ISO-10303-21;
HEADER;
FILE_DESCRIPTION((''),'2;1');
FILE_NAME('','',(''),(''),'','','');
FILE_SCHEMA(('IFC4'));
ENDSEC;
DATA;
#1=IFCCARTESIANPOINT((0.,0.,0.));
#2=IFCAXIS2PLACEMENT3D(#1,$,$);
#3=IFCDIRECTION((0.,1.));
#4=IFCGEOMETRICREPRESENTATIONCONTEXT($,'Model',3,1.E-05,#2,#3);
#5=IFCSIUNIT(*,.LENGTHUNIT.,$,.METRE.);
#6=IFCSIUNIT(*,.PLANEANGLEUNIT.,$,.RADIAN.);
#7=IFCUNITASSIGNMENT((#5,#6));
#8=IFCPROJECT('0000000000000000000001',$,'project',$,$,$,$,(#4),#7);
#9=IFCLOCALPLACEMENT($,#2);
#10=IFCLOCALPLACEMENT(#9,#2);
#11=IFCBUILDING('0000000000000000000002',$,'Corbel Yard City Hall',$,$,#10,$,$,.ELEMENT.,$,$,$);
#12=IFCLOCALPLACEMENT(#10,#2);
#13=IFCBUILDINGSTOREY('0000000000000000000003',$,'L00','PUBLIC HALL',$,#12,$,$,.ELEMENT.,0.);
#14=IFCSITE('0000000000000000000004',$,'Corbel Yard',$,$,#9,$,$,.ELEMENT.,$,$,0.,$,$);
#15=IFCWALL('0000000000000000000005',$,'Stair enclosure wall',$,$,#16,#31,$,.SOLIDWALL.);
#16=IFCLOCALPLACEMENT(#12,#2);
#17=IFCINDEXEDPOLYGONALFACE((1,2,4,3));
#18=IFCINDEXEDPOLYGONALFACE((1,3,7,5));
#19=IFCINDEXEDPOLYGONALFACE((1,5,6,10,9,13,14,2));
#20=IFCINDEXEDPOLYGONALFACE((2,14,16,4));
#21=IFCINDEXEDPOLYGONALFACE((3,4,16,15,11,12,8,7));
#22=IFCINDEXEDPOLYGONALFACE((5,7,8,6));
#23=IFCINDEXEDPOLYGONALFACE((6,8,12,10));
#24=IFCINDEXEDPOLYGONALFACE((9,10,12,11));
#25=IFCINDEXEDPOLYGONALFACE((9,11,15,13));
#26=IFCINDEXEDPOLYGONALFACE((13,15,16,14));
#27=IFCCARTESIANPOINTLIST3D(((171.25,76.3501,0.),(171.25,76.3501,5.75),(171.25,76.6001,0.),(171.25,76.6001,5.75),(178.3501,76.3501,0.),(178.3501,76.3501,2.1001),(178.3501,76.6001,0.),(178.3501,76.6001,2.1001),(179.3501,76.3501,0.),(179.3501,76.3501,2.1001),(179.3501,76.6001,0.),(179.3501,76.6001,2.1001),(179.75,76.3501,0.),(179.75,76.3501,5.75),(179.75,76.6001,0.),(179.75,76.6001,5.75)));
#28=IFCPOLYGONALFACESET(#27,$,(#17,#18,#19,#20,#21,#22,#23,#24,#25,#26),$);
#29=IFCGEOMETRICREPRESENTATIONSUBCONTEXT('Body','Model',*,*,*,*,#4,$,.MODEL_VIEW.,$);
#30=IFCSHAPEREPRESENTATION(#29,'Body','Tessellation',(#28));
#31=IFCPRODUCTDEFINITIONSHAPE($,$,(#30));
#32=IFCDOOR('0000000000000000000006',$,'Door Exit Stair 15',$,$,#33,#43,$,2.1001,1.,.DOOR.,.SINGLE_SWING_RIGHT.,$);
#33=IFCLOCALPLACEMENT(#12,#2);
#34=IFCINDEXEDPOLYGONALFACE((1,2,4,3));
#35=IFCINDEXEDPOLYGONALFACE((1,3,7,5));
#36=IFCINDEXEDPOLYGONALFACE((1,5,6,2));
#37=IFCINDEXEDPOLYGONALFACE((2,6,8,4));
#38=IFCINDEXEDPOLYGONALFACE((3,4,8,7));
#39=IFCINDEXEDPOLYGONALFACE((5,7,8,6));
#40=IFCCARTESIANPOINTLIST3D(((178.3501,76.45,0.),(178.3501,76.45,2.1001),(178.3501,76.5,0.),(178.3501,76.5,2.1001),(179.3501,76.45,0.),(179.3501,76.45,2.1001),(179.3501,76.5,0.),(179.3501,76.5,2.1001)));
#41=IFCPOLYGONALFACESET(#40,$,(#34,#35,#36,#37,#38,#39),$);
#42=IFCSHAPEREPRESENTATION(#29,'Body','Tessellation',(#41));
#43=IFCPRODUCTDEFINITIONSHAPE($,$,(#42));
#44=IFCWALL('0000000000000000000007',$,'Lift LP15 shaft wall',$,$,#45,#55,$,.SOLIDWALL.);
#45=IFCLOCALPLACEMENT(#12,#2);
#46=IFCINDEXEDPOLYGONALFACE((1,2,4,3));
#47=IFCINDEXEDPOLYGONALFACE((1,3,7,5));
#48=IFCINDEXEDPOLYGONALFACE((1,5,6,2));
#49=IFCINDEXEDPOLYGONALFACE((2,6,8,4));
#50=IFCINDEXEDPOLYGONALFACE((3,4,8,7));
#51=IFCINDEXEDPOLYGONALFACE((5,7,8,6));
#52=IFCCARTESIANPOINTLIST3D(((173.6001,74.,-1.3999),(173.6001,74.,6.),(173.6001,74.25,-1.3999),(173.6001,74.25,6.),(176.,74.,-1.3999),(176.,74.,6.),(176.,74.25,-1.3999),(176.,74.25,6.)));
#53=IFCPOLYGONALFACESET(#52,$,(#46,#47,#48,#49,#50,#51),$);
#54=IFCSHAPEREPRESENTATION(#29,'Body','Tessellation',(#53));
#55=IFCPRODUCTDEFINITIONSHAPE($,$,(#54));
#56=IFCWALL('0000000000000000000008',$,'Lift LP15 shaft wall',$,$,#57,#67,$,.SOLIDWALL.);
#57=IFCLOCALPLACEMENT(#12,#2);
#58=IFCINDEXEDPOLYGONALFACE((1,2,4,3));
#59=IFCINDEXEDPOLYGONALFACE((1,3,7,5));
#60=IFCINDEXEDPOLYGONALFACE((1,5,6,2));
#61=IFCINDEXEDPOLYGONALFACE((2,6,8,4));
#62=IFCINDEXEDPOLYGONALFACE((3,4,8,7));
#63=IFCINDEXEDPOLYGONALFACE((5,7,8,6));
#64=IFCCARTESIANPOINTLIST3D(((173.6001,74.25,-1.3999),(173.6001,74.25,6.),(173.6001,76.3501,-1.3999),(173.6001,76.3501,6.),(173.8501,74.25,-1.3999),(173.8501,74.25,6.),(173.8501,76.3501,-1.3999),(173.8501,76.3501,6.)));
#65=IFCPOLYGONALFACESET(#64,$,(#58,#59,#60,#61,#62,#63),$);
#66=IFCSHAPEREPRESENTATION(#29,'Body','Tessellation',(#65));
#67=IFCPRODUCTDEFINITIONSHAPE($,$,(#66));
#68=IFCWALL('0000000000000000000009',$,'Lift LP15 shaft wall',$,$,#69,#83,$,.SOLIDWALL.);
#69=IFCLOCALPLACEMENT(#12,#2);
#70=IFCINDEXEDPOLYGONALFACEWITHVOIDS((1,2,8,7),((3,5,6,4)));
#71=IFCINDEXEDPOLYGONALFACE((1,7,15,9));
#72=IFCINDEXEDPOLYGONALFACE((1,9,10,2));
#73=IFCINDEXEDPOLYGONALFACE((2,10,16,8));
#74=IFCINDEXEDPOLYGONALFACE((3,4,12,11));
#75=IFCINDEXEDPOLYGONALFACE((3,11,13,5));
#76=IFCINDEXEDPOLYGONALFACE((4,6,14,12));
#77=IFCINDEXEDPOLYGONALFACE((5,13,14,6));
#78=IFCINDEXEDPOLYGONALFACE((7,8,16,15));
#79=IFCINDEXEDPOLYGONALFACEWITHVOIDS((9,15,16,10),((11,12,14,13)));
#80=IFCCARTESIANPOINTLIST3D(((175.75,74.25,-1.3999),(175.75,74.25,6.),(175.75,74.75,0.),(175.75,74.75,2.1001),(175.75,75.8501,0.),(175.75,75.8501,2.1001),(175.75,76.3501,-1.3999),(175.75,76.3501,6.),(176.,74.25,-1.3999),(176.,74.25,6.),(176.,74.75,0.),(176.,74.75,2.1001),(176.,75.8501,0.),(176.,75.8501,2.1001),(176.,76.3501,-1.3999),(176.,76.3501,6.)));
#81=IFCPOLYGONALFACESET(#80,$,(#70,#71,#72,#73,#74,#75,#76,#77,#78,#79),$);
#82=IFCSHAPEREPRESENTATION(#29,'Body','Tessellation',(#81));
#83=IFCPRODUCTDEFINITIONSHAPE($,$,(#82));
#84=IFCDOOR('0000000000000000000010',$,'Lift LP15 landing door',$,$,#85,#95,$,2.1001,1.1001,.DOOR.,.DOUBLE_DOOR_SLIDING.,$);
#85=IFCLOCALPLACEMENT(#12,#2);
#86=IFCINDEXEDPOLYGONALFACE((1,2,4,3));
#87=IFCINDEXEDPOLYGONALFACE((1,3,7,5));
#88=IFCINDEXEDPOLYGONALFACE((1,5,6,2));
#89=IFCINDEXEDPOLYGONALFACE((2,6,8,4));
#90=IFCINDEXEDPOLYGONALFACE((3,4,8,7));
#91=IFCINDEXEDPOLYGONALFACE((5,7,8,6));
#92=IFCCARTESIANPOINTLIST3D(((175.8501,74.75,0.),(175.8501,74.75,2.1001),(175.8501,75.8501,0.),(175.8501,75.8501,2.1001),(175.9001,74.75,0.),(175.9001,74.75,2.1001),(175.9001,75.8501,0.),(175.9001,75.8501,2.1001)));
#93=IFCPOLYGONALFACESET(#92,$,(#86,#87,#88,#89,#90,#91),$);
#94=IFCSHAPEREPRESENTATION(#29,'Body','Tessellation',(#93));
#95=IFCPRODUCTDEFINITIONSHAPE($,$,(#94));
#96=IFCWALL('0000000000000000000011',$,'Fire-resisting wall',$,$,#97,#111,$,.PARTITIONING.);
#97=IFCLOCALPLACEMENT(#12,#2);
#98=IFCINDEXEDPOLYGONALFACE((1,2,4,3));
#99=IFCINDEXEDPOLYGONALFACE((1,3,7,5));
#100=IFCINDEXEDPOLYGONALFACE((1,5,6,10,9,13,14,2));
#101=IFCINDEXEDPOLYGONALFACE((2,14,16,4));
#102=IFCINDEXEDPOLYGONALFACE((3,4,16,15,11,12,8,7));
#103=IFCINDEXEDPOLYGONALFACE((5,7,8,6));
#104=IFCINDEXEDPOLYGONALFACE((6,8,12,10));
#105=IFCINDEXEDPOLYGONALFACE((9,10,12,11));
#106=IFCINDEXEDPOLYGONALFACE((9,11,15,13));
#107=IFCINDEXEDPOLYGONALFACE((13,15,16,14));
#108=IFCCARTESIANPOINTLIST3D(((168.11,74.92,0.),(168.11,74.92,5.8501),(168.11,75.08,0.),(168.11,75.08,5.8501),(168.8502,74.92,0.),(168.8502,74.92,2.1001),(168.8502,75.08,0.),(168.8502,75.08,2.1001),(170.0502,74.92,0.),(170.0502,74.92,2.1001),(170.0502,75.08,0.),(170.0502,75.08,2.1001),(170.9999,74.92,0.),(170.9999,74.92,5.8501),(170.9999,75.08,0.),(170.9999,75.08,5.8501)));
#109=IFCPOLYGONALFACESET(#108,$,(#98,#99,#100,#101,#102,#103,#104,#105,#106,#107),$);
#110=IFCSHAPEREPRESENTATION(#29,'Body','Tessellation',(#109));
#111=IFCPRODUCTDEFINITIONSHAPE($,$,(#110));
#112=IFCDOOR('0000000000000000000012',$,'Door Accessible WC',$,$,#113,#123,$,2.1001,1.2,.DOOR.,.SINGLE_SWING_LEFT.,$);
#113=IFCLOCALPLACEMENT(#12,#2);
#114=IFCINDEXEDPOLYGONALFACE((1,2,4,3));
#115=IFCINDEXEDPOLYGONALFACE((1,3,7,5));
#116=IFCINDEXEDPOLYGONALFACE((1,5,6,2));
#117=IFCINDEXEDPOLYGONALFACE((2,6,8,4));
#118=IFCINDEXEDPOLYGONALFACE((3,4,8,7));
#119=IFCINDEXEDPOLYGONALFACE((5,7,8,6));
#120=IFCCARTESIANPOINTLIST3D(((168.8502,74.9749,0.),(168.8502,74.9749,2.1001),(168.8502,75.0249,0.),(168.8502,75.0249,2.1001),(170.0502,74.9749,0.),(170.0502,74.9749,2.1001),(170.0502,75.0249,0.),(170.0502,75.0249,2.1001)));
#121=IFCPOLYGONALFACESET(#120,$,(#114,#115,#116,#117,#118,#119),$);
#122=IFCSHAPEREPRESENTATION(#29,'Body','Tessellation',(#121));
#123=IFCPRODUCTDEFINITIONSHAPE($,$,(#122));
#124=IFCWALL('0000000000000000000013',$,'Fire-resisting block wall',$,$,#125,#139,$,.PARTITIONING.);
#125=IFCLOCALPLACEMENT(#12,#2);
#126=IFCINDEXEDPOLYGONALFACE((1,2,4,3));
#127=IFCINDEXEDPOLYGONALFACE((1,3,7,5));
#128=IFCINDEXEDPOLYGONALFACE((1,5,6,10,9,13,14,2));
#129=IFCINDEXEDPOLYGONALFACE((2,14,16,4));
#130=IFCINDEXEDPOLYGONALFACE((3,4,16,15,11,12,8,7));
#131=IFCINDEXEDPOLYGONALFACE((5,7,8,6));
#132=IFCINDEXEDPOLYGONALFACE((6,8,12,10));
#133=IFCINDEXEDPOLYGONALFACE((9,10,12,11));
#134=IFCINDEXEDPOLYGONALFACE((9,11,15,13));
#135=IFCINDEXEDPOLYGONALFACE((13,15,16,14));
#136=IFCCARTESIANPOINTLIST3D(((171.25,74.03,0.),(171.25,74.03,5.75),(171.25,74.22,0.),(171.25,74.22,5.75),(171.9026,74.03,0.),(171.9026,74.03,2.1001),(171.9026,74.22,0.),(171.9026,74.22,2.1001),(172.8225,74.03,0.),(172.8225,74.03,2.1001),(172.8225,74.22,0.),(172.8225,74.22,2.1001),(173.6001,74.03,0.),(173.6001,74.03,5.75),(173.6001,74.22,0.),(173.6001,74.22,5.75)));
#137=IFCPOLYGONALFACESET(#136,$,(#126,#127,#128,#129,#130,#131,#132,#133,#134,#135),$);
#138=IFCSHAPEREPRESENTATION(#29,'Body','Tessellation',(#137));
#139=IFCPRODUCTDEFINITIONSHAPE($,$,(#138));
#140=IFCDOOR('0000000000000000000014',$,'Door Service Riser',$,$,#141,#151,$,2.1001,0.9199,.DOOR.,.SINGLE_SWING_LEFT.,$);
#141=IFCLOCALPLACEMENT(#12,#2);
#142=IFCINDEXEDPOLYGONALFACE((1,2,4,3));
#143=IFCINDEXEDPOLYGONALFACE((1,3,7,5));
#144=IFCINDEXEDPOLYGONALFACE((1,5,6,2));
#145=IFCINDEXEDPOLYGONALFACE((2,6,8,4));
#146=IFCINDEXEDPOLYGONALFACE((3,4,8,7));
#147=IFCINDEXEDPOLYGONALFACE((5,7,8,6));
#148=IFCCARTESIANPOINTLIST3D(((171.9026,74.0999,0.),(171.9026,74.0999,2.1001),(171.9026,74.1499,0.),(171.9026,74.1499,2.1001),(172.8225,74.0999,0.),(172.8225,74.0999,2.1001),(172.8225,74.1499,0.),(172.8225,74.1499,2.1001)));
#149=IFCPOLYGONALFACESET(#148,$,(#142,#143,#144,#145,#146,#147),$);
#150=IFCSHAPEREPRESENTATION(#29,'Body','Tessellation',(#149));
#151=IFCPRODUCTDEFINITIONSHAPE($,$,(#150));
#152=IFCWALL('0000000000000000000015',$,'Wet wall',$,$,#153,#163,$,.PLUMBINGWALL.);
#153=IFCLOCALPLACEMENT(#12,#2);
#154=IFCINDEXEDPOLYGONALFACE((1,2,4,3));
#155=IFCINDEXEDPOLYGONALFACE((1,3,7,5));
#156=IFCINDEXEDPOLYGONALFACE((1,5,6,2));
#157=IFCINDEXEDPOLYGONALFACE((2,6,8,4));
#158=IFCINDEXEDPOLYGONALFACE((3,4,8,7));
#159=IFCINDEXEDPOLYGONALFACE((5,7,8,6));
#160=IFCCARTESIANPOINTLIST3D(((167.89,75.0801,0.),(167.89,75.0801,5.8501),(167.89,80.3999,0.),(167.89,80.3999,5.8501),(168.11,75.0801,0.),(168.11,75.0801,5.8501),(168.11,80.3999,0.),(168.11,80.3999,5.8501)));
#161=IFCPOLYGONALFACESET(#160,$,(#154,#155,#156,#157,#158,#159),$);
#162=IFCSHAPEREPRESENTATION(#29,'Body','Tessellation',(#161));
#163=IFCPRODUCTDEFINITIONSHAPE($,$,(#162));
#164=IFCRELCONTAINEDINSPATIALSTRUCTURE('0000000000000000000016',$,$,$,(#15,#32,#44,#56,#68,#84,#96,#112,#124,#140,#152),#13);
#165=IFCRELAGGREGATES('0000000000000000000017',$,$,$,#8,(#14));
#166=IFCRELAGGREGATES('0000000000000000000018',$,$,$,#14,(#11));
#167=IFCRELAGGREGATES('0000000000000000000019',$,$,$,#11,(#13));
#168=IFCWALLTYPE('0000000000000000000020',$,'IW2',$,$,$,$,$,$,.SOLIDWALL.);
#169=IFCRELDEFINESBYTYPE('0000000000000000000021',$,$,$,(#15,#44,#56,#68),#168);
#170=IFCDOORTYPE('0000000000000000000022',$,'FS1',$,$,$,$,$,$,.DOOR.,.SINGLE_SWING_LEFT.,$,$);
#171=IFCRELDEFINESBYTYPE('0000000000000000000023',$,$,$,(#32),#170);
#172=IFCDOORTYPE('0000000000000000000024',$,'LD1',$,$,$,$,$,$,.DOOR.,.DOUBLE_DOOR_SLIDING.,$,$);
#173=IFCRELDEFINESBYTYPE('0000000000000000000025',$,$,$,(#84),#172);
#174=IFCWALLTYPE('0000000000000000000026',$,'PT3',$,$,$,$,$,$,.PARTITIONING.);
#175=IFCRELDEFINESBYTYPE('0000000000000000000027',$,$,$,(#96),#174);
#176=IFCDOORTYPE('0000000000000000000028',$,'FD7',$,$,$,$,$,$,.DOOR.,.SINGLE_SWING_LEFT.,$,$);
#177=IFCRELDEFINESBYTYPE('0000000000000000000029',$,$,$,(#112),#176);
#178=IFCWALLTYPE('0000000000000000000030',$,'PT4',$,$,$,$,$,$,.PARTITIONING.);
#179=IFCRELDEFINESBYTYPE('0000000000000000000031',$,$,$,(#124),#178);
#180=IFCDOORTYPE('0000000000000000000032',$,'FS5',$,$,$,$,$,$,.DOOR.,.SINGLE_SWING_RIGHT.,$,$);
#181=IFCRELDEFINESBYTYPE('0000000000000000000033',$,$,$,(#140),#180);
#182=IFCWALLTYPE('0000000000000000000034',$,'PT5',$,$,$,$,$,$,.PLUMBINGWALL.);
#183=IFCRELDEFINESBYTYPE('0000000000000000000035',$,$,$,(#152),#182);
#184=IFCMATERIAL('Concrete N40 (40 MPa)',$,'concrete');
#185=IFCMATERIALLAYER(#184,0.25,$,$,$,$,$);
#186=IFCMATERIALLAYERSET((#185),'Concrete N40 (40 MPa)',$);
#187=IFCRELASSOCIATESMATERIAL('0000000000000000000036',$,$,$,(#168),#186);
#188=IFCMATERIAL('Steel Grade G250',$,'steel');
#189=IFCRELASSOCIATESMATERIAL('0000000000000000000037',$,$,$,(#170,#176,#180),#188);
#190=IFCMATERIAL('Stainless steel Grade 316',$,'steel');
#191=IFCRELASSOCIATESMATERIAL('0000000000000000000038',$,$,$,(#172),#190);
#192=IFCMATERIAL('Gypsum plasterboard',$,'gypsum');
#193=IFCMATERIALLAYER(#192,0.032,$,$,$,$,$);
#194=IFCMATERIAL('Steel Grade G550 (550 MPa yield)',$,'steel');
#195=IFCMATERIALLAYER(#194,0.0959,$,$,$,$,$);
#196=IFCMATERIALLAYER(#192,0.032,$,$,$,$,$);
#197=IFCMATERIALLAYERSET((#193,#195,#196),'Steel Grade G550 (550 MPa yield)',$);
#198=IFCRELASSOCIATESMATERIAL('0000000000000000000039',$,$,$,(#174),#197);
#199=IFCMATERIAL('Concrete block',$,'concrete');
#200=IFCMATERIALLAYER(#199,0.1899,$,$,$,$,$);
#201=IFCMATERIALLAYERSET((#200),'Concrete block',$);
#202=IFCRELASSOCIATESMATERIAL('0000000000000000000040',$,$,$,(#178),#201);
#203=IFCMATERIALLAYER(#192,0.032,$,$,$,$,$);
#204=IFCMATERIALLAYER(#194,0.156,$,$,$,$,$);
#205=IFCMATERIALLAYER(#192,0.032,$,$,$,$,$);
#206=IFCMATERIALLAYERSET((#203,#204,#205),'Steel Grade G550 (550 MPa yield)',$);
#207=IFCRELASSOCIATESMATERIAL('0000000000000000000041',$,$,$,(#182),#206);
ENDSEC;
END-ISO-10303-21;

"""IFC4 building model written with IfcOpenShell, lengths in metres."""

from ifc_helpers import new_model, si_unit, direction, frame, frame_2d, origin, place, context, subcontext, project, spatial, rectangle, extrude, material, layer, layer_set, type_object, element, fill, save


model = new_model("IFC4")

# Units and contexts
model_context = context("Model", 3, precision=1e-05, world=origin(), true_north=direction((0.0, 1.0)))
body_context = subcontext(model_context, "Body", "Model", "MODEL_VIEW")
ifc_project = project(units=[si_unit("LENGTHUNIT", "METRE"), si_unit("PLANEANGLEUNIT", "RADIAN")], contexts=[model_context])

# Site, building, storey
site_placement = place(None, origin())
site = spatial("IfcSite", under=ifc_project, at=site_placement, Name="Corbel Yard", CompositionType="ELEMENT", RefElevation=0.0)
building_placement = place(site_placement, origin())
building = spatial("IfcBuilding", under=site, at=building_placement, Name="Corbel Yard City Hall", CompositionType="ELEMENT")
storey_placement = place(building_placement, origin())
storey = spatial("IfcBuildingStorey", under=building, at=storey_placement, Name="L00", Description="PUBLIC HALL", CompositionType="ELEMENT", Elevation=0.0)

# Shared definitions
ifc_material_1 = material(Name="Concrete N40 (40 MPa)", Category="concrete")

# Wall, opening, door
ifc_layer_1 = layer(ifc_material_1, 0.25)
ifc_layer_set_1 = layer_set([ifc_layer_1], Name="Concrete N40 (40 MPa)")
wall_type_1 = type_object("IfcWallType", Name="IW2", PredefinedType="SOLIDWALL", material=ifc_layer_set_1)
wall_1_placement = place(storey_placement, frame((179.75, 76.4751, 0.0), z_axis=(0.0, 0.0, 1.0), x_axis=(-1.0, 0.0, 0.0)))
wall_1 = element("IfcWall", 1, at=wall_1_placement, inside=storey, type_object=wall_type_1, Name="Stair enclosure wall", PredefinedType="SOLIDWALL", context=body_context, shape_type="SweptSolid", body=[
    extrude(rectangle(XDim=8.5, YDim=0.25, at=frame_2d((4.25, 0.0))), origin(), (0.0, 0.0, 1.0), 5.75),
])
opening_1_placement = place(wall_1_placement, frame((0.3999, 0.0, 0.0)))
opening_1 = element("IfcOpeningElement", 2, at=opening_1_placement, cuts=wall_1, PredefinedType="OPENING", context=body_context, shape_type="SweptSolid", body=[
    extrude(rectangle(XDim=1.0, YDim=2.1001, at=frame_2d((0.5, 1.05))), frame((0.0, 0.135, 0.0), z_axis=(0.0, -1.0, 0.0), x_axis=(1.0, 0.0, 0.0)), (0.0, 0.0, 1.0), 0.27),
])
ifc_material_2 = material(Name="Steel Grade G250", Category="steel")
door_type_1 = type_object("IfcDoorType", Name="FS1", OperationType="SINGLE_SWING_LEFT", PredefinedType="DOOR", material=ifc_material_2)
door_1_placement = place(opening_1_placement, frame((1.0, 0.0, 0.0), z_axis=(0.0, 0.0, 1.0), x_axis=(-1.0, 0.0, 0.0)))
door_1 = element("IfcDoor", 3, at=door_1_placement, inside=storey, type_object=door_type_1, Name="Door Exit Stair 15", OperationType="SINGLE_SWING_RIGHT", OverallHeight=2.1001, OverallWidth=1.0, PredefinedType="DOOR", context=body_context, shape_type="SweptSolid", body=[
    extrude(rectangle(XDim=1.0, YDim=2.1001, at=frame_2d((0.5, 1.05))), frame((0.0, 0.0249, 0.0), z_axis=(0.0, -1.0, 0.0), x_axis=(1.0, 0.0, 0.0)), (0.0, 0.0, 1.0), 0.05),
])
fill(opening_1, door_1)

# Walls
wall_2_placement = place(storey_placement, frame((173.6001, 74.125, -1.3999), z_axis=(0.0, 0.0, 1.0), x_axis=(1.0, 0.0, 0.0)))
element("IfcWall", 4, at=wall_2_placement, inside=storey, type_object=wall_type_1, Name="Lift LP15 shaft wall", PredefinedType="SOLIDWALL", context=body_context, shape_type="SweptSolid", body=[
    extrude(rectangle(XDim=2.3999, YDim=0.25, at=frame_2d((1.2, 0.0))), origin(), (0.0, 0.0, 1.0), 7.3999),
])
wall_3_placement = place(storey_placement, frame((173.7251, 74.25, -1.3999), z_axis=(0.0, 0.0, 1.0), x_axis=(0.0, 1.0, 0.0)))
element("IfcWall", 5, at=wall_3_placement, inside=storey, type_object=wall_type_1, Name="Lift LP15 shaft wall", PredefinedType="SOLIDWALL", context=body_context, shape_type="SweptSolid", body=[
    extrude(rectangle(XDim=2.1001, YDim=0.25, at=frame_2d((1.05, 0.0))), origin(), (0.0, 0.0, 1.0), 7.3999),
])

# Walls, openings, doors
wall_4_placement = place(storey_placement, frame((175.875, 74.25, -1.3999), z_axis=(0.0, 0.0, 1.0), x_axis=(0.0, 1.0, 0.0)))
wall_4 = element("IfcWall", 6, at=wall_4_placement, inside=storey, type_object=wall_type_1, Name="Lift LP15 shaft wall", PredefinedType="SOLIDWALL", context=body_context, shape_type="SweptSolid", body=[
    extrude(rectangle(XDim=2.1001, YDim=0.25, at=frame_2d((1.05, 0.0))), origin(), (0.0, 0.0, 1.0), 7.3999),
])
opening_2_placement = place(wall_4_placement, frame((0.5, 0.0, 1.3999)))
opening_2 = element("IfcOpeningElement", 7, at=opening_2_placement, cuts=wall_4, PredefinedType="OPENING", context=body_context, shape_type="SweptSolid", body=[
    extrude(rectangle(XDim=1.1001, YDim=2.1001, at=frame_2d((0.55, 1.05))), frame((0.0, 0.135, 0.0), z_axis=(0.0, -1.0, 0.0), x_axis=(1.0, 0.0, 0.0)), (0.0, 0.0, 1.0), 0.27),
])
ifc_material_3 = material(Name="Stainless steel Grade 316", Category="steel")
door_type_2 = type_object("IfcDoorType", Name="LD1", OperationType="DOUBLE_DOOR_SLIDING", PredefinedType="DOOR", material=ifc_material_3)
door_2_placement = place(opening_2_placement, origin())
door_2 = element("IfcDoor", 8, at=door_2_placement, inside=storey, type_object=door_type_2, Name="Lift LP15 landing door", OperationType="DOUBLE_DOOR_SLIDING", OverallHeight=2.1001, OverallWidth=1.1001, PredefinedType="DOOR", context=body_context, shape_type="SweptSolid", body=[
    extrude(rectangle(XDim=1.1001, YDim=2.1001, at=frame_2d((0.55, 1.05))), frame((0.0, 0.0249, 0.0), z_axis=(0.0, -1.0, 0.0), x_axis=(1.0, 0.0, 0.0)), (0.0, 0.0, 1.0), 0.05),
])
fill(opening_2, door_2)
ifc_material_4 = material(Name="Gypsum plasterboard", Category="gypsum")
ifc_layer_2 = layer(ifc_material_4, 0.032)
ifc_material_5 = material(Name="Steel Grade G550 (550 MPa yield)", Category="steel")
ifc_layer_3 = layer(ifc_material_5, 0.0959)
ifc_layer_4 = layer(ifc_material_4, 0.032)
ifc_layer_set_2 = layer_set([ifc_layer_2, ifc_layer_3, ifc_layer_4], Name="Steel Grade G550 (550 MPa yield)")
wall_type_2 = type_object("IfcWallType", Name="PT3", PredefinedType="PARTITIONING", material=ifc_layer_set_2)
wall_5_placement = place(storey_placement, frame((168.1101, 75.0, 0.0), z_axis=(0.0, 0.0, 1.0), x_axis=(1.0, 0.0, 0.0)))
wall_5 = element("IfcWall", 9, at=wall_5_placement, inside=storey, type_object=wall_type_2, Name="Fire-resisting wall", PredefinedType="PARTITIONING", context=body_context, shape_type="SweptSolid", body=[
    extrude(rectangle(XDim=2.8899, YDim=0.1599, at=frame_2d((1.4448, 0.0))), origin(), (0.0, 0.0, 1.0), 5.8501),
])
opening_3_placement = place(wall_5_placement, frame((0.74, 0.0, 0.0)))
opening_3 = element("IfcOpeningElement", 10, at=opening_3_placement, cuts=wall_5, PredefinedType="OPENING", context=body_context, shape_type="SweptSolid", body=[
    extrude(rectangle(XDim=1.2, YDim=2.1001, at=frame_2d((0.6001, 1.05))), frame((0.0, 0.0898, 0.0), z_axis=(0.0, -1.0, 0.0), x_axis=(1.0, 0.0, 0.0)), (0.0, 0.0, 1.0), 0.1799),
])
door_type_3 = type_object("IfcDoorType", Name="FD7", OperationType="SINGLE_SWING_LEFT", PredefinedType="DOOR", material=ifc_material_2)
door_3_placement = place(opening_3_placement, origin())
door_3 = element("IfcDoor", 11, at=door_3_placement, inside=storey, type_object=door_type_3, Name="Door Accessible WC", OperationType="SINGLE_SWING_LEFT", OverallHeight=2.1001, OverallWidth=1.2, PredefinedType="DOOR", context=body_context, shape_type="SweptSolid", body=[
    extrude(rectangle(XDim=1.2, YDim=2.1001, at=frame_2d((0.6001, 1.05))), frame((0.0, 0.0249, 0.0), z_axis=(0.0, -1.0, 0.0), x_axis=(1.0, 0.0, 0.0)), (0.0, 0.0, 1.0), 0.05),
])
fill(opening_3, door_3)
ifc_material_6 = material(Name="Concrete block", Category="concrete")
ifc_layer_5 = layer(ifc_material_6, 0.1899)
ifc_layer_set_3 = layer_set([ifc_layer_5], Name="Concrete block")
wall_type_3 = type_object("IfcWallType", Name="PT4", PredefinedType="PARTITIONING", material=ifc_layer_set_3)
wall_6_placement = place(storey_placement, frame((171.25, 74.125, 0.0), z_axis=(0.0, 0.0, 1.0), x_axis=(1.0, 0.0, 0.0)))
wall_6 = element("IfcWall", 12, at=wall_6_placement, inside=storey, type_object=wall_type_3, Name="Fire-resisting block wall", PredefinedType="PARTITIONING", context=body_context, shape_type="SweptSolid", body=[
    extrude(rectangle(XDim=2.3501, YDim=0.1899, at=frame_2d((1.175, 0.0))), origin(), (0.0, 0.0, 1.0), 5.75),
])
opening_4_placement = place(wall_6_placement, frame((0.6526, 0.0, 0.0)))
opening_4 = element("IfcOpeningElement", 13, at=opening_4_placement, cuts=wall_6, PredefinedType="OPENING", context=body_context, shape_type="SweptSolid", body=[
    extrude(rectangle(XDim=0.9199, YDim=2.1001, at=frame_2d((0.46, 1.05))), frame((0.0, 0.105, 0.0), z_axis=(0.0, -1.0, 0.0), x_axis=(1.0, 0.0, 0.0)), (0.0, 0.0, 1.0), 0.21),
])
door_type_4 = type_object("IfcDoorType", Name="FS5", OperationType="SINGLE_SWING_RIGHT", PredefinedType="DOOR", material=ifc_material_2)
door_4_placement = place(opening_4_placement, origin())
door_4 = element("IfcDoor", 14, at=door_4_placement, inside=storey, type_object=door_type_4, Name="Door Service Riser", OperationType="SINGLE_SWING_LEFT", OverallHeight=2.1001, OverallWidth=0.9199, PredefinedType="DOOR", context=body_context, shape_type="SweptSolid", body=[
    extrude(rectangle(XDim=0.9199, YDim=2.1001, at=frame_2d((0.46, 1.05))), frame((0.0, 0.0249, 0.0), z_axis=(0.0, -1.0, 0.0), x_axis=(1.0, 0.0, 0.0)), (0.0, 0.0, 1.0), 0.05),
])
fill(opening_4, door_4)

# Wall
ifc_layer_6 = layer(ifc_material_4, 0.032)
ifc_layer_7 = layer(ifc_material_5, 0.156)
ifc_layer_8 = layer(ifc_material_4, 0.032)
ifc_layer_set_4 = layer_set([ifc_layer_6, ifc_layer_7, ifc_layer_8], Name="Steel Grade G550 (550 MPa yield)")
wall_type_4 = type_object("IfcWallType", Name="PT5", PredefinedType="PLUMBINGWALL", material=ifc_layer_set_4)
wall_7_placement = place(storey_placement, frame((168.0, 75.0801, 0.0), z_axis=(0.0, 0.0, 1.0), x_axis=(0.0, 1.0, 0.0)))
element("IfcWall", 15, at=wall_7_placement, inside=storey, type_object=wall_type_4, Name="Wet wall", PredefinedType="PLUMBINGWALL", context=body_context, shape_type="SweptSolid", body=[
    extrude(rectangle(XDim=5.3198, YDim=0.22, at=frame_2d((2.6599, 0.0))), origin(), (0.0, 0.0, 1.0), 5.8501),
])

save(model, "model.ifc")
